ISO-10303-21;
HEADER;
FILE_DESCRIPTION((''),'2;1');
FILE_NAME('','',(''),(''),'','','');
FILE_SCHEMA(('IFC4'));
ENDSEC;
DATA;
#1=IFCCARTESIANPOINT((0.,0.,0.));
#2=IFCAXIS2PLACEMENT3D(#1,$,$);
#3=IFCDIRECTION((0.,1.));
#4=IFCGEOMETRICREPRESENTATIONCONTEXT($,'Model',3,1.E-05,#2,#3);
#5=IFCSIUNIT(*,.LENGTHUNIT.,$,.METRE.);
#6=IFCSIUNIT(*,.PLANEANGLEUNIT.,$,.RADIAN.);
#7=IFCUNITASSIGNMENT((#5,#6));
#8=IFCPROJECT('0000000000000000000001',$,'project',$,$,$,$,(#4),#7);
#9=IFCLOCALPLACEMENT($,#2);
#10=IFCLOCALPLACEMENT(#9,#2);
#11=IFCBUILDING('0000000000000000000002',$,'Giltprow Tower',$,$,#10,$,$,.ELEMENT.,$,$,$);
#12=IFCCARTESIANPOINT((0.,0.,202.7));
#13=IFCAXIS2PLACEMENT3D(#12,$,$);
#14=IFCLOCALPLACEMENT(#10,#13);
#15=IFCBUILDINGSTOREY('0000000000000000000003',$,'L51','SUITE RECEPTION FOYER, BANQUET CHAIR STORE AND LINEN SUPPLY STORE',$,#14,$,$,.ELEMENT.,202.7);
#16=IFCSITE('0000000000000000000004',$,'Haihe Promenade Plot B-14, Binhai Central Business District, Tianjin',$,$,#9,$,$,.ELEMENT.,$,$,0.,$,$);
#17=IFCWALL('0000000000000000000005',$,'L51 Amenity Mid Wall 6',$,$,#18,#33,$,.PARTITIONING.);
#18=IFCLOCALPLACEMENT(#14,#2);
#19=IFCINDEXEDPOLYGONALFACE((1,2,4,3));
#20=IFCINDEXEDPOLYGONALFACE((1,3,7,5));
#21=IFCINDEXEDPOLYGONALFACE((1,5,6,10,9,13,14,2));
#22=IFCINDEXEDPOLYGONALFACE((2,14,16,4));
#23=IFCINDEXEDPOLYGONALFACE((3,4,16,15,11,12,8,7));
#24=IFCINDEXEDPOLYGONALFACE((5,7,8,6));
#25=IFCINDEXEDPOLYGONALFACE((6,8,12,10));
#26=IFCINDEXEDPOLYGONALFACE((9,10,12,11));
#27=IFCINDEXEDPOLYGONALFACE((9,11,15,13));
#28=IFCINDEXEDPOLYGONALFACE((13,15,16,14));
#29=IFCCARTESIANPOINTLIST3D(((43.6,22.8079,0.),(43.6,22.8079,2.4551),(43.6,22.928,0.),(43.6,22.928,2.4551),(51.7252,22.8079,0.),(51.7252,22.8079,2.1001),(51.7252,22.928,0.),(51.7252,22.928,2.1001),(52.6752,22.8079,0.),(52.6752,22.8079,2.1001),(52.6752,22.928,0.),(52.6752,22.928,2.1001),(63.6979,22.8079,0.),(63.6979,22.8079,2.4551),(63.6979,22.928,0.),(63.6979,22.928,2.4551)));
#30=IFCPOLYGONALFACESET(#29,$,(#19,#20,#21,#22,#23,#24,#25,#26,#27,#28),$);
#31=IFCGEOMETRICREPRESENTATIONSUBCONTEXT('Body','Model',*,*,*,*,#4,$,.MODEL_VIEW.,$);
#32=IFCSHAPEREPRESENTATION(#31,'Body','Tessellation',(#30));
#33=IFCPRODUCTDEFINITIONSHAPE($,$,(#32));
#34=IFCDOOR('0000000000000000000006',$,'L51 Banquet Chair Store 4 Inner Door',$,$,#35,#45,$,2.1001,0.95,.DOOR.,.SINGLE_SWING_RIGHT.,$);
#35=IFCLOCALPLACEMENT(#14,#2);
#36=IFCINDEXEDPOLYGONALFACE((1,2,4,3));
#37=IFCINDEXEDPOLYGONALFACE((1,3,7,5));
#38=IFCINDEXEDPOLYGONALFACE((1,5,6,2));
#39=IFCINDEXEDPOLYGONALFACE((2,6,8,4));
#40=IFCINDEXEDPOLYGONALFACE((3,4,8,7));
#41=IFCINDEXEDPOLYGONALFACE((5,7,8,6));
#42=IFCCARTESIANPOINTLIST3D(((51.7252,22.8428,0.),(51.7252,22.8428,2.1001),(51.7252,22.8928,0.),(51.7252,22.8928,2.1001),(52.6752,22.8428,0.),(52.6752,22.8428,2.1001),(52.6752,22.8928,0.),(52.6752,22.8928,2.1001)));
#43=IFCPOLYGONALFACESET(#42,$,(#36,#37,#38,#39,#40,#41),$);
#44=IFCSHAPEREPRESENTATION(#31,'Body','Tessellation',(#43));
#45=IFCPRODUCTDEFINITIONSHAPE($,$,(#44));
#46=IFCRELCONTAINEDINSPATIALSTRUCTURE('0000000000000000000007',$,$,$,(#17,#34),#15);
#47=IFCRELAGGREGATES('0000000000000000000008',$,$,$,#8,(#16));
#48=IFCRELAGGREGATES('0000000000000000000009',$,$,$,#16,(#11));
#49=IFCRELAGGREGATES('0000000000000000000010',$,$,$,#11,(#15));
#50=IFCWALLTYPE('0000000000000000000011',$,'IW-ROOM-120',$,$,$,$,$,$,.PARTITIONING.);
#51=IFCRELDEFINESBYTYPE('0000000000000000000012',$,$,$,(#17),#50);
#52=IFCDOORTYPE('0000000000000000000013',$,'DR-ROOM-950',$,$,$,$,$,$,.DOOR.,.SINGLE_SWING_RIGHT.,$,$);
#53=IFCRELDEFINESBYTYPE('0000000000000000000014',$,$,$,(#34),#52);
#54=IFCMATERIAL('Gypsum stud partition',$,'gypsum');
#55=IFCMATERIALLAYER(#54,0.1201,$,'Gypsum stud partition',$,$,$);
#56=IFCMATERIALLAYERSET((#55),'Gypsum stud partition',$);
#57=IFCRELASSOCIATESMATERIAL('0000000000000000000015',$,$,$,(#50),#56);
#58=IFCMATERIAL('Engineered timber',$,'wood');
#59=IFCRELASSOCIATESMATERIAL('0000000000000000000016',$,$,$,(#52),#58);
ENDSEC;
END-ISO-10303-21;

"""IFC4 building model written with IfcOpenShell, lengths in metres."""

from ifc_helpers import new_model, si_unit, direction, frame, frame_2d, origin, place, context, subcontext, project, spatial, rectangle, extrude, source, transform, mapped, material, layer, layer_set, type_object, element, fill, save


model = new_model("IFC4")

# Units and contexts
model_context = context("Model", 3, precision=1e-05, world=origin(), true_north=direction((0.0, 1.0)))
body_context = subcontext(model_context, "Body", "Model", "MODEL_VIEW")
ifc_project = project(units=[si_unit("LENGTHUNIT", "METRE"), si_unit("PLANEANGLEUNIT", "RADIAN")], contexts=[model_context])

# Site, building, storey
site_placement = place(None, origin())
site = spatial("IfcSite", under=ifc_project, at=site_placement, Name="Haihe Promenade Plot B-14, Binhai Central Business District, Tianjin", CompositionType="ELEMENT", RefElevation=0.0)
building_placement = place(site_placement, origin())
building = spatial("IfcBuilding", under=site, at=building_placement, Name="Giltprow Tower", CompositionType="ELEMENT")
storey_placement = place(building_placement, frame((0.0, 0.0, 202.7)))
storey = spatial("IfcBuildingStorey", under=building, at=storey_placement, Name="L51", Description="SUITE RECEPTION FOYER, BANQUET CHAIR STORE AND LINEN SUPPLY STORE", CompositionType="ELEMENT", Elevation=202.7)

# Wall, opening, door
ifc_material_1 = material(Name="Gypsum stud partition", Category="gypsum")
ifc_layer_1 = layer(ifc_material_1, 0.1201, Name="Gypsum stud partition")
ifc_layer_set_1 = layer_set([ifc_layer_1], Name="Gypsum stud partition")
wall_type = type_object("IfcWallType", Name="IW-ROOM-120", PredefinedType="PARTITIONING", material=ifc_layer_set_1)
ifc_material_2 = material(Name="Engineered timber", Category="wood")
door_type = type_object("IfcDoorType", Name="DR-ROOM-950", OperationType="SINGLE_SWING_RIGHT", PredefinedType="DOOR", material=ifc_material_2)
shared_shape_1 = source(origin(), body_context, "Body", "SweptSolid", [
    extrude(rectangle(XDim=0.95, YDim=2.1001, at=frame_2d((0.4751, 1.05))), frame((0.0, 0.0249, 0.0), z_axis=(0.0, -1.0, 0.0), x_axis=(1.0, 0.0, 0.0)), (0.0, 0.0, 1.0), 0.05),
])
wall_1_placement = place(storey_placement, frame((43.6001, 22.8679, 0.0), z_axis=(0.0, 0.0, 1.0), x_axis=(1.0, 0.0, 0.0)))
wall_1 = element("IfcWall", 1, at=wall_1_placement, inside=storey, type_object=wall_type, Name="L51 Amenity Mid Wall 6", PredefinedType="PARTITIONING", context=body_context, shape_type="SweptSolid", body=[
    extrude(rectangle(XDim=20.0979, YDim=0.1201, at=frame_2d((10.0488, 0.0))), origin(), (0.0, 0.0, 1.0), 2.4551),
])
opening_1_placement = place(wall_1_placement, frame((8.125, 0.0, 0.0)))
opening_1 = element("IfcOpeningElement", 2, at=opening_1_placement, cuts=wall_1, PredefinedType="OPENING", context=body_context, shape_type="SweptSolid", body=[
    extrude(rectangle(XDim=0.95, YDim=2.1001, at=frame_2d((0.4751, 1.05))), frame((0.0, 0.0701, 0.0), z_axis=(0.0, -1.0, 0.0), x_axis=(1.0, 0.0, 0.0)), (0.0, 0.0, 1.0), 0.1401),
])
door_1_placement = place(opening_1_placement, origin())
door_1 = element("IfcDoor", 3, at=door_1_placement, inside=storey, type_object=door_type, Name="L51 Banquet Chair Store 4 Inner Door", OperationType="SINGLE_SWING_RIGHT", OverallHeight=2.1001, OverallWidth=0.95, PredefinedType="DOOR", context=body_context, shape_type="MappedRepresentation", body=[
    mapped(shared_shape_1, transform((0.0, 0.0, 0.0), x_axis=(1.0, 0.0, 0.0), y_axis=(0.0, 1.0, 0.0), z_axis=(0.0, 0.0, 1.0), scale=1.0)),
])
fill(opening_1, door_1)

save(model, "model.ifc")
